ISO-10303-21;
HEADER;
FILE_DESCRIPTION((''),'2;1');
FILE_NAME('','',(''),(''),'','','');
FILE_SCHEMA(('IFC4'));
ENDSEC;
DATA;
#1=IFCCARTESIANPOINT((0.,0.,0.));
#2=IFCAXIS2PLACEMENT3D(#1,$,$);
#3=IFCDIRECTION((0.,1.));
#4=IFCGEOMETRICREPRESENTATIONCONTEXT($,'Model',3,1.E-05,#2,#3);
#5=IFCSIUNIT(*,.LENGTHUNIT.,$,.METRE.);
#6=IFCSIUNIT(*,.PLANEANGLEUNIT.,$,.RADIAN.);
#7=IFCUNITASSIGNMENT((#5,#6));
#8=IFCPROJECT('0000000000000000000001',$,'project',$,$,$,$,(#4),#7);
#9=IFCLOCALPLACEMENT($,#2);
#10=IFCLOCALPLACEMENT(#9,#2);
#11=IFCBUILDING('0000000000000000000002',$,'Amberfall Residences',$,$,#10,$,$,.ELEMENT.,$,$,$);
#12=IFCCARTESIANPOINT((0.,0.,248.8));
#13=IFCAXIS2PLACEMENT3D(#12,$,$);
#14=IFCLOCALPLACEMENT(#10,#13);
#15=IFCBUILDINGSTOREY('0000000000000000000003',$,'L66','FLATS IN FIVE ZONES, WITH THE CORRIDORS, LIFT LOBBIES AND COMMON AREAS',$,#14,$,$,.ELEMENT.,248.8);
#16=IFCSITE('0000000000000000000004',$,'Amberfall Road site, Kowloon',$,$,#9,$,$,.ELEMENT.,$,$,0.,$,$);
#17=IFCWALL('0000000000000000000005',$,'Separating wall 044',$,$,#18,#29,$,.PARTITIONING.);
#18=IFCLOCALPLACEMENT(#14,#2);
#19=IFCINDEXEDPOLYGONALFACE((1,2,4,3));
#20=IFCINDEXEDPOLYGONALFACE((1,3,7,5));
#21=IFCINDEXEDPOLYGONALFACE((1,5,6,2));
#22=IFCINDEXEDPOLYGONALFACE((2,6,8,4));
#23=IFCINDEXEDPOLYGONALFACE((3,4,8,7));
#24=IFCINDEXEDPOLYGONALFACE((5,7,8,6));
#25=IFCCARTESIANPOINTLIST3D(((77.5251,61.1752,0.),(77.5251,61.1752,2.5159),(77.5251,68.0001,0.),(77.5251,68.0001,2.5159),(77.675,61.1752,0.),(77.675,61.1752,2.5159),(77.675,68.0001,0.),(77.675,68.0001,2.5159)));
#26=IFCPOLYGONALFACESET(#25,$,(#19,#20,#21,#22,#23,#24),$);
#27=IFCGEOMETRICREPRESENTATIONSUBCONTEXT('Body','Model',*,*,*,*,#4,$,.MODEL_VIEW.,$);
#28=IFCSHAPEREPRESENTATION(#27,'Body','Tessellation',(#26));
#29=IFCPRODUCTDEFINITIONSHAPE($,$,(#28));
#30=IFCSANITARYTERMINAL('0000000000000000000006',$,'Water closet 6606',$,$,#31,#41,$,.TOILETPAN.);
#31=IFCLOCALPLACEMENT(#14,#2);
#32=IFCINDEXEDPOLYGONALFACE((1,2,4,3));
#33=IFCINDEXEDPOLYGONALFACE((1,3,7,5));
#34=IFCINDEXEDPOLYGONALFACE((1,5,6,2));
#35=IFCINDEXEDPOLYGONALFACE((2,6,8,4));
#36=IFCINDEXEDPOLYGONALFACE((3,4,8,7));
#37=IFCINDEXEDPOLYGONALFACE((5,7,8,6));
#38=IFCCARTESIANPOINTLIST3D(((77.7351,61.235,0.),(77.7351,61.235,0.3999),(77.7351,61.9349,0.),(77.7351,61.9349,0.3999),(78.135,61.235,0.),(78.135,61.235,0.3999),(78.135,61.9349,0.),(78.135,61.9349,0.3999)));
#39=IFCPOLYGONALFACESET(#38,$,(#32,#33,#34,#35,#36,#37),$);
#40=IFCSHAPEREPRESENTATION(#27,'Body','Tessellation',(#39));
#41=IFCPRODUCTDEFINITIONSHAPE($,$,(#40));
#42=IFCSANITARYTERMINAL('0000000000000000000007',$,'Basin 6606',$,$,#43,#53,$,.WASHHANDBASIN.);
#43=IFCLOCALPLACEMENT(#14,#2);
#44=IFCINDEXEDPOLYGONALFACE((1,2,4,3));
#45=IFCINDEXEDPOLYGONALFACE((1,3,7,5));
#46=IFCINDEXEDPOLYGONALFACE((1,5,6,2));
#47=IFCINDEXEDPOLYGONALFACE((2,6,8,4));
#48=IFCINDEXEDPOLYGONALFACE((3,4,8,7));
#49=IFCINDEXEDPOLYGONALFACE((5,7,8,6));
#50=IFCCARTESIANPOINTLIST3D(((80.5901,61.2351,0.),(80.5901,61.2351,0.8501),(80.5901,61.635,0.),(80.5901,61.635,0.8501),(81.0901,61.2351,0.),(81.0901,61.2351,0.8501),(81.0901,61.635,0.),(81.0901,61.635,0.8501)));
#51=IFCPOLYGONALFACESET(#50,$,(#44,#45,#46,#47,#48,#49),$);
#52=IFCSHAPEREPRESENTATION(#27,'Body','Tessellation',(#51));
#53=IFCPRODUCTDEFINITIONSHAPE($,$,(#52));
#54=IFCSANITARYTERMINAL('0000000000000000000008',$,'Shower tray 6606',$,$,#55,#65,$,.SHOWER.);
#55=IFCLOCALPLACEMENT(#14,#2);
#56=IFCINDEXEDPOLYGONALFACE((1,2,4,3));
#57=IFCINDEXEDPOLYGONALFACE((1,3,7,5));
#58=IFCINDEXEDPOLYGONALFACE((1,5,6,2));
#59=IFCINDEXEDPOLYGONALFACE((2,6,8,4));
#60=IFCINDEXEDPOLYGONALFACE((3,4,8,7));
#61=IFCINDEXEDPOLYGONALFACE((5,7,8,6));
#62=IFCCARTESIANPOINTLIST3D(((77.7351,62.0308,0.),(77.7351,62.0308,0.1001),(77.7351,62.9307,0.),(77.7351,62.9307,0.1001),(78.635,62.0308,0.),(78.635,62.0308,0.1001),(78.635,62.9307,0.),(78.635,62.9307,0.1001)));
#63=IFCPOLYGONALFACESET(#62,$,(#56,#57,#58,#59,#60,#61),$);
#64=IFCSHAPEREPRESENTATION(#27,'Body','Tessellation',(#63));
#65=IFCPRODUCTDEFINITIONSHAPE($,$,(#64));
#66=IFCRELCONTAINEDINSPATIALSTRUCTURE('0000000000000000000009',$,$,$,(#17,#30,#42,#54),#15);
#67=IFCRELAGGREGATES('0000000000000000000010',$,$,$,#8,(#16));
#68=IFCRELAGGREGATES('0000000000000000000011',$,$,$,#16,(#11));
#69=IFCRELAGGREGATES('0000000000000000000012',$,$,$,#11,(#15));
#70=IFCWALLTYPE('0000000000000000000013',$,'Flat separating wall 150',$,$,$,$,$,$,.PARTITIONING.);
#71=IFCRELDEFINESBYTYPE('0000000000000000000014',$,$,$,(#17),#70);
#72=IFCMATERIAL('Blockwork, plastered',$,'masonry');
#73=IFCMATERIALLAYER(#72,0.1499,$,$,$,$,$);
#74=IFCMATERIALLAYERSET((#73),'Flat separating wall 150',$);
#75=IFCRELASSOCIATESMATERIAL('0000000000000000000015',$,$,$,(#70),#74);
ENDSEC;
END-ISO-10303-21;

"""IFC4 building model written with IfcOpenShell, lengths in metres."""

from ifc_helpers import new_model, si_unit, direction, frame, frame_2d, origin, origin_2d, place, context, subcontext, project, spatial, rectangle, extrude, material, layer, layer_set, type_object, element, save


model = new_model("IFC4")

# Units and contexts
model_context = context("Model", 3, precision=1e-05, world=origin(), true_north=direction((0.0, 1.0)))
body_context = subcontext(model_context, "Body", "Model", "MODEL_VIEW")
ifc_project = project(units=[si_unit("LENGTHUNIT", "METRE"), si_unit("PLANEANGLEUNIT", "RADIAN")], contexts=[model_context])

# Site, building, storey
site_placement = place(None, origin())
site = spatial("IfcSite", under=ifc_project, at=site_placement, Name="Amberfall Road site, Kowloon", CompositionType="ELEMENT", RefElevation=0.0)
building_placement = place(site_placement, origin())
building = spatial("IfcBuilding", under=site, at=building_placement, Name="Amberfall Residences", CompositionType="ELEMENT")
storey_placement = place(building_placement, frame((0.0, 0.0, 248.8)))
storey = spatial("IfcBuildingStorey", under=building, at=storey_placement, Name="L66", Description="FLATS IN FIVE ZONES, WITH THE CORRIDORS, LIFT LOBBIES AND COMMON AREAS", CompositionType="ELEMENT", Elevation=248.8)

# Wall
ifc_material_1 = material(Name="Blockwork, plastered", Category="masonry")
ifc_layer_1 = layer(ifc_material_1, 0.1499)
ifc_layer_set_1 = layer_set([ifc_layer_1], Name="Flat separating wall 150")
wall_type_1 = type_object("IfcWallType", Name="Flat separating wall 150", PredefinedType="PARTITIONING", material=ifc_layer_set_1)
wall_1_placement = place(storey_placement, frame((77.6001, 61.175, 0.0), z_axis=(0.0, 0.0, 1.0), x_axis=(0.0, 1.0, 0.0)))
element("IfcWall", 1, at=wall_1_placement, inside=storey, type_object=wall_type_1, Name="Separating wall 044", PredefinedType="PARTITIONING", context=body_context, shape_type="SweptSolid", body=[
    extrude(rectangle(XDim=6.825, YDim=0.1499, at=frame_2d((3.4126, 0.0))), origin(), (0.0, 0.0, 1.0), 2.5159),
])

# Sanitary terminals
sanitary_terminal_1_placement = place(storey_placement, frame((77.9351, 61.585, 0.0), z_axis=(0.0, 0.0, 1.0), x_axis=(1.0, 0.0, 0.0)))
element("IfcSanitaryTerminal", 2, at=sanitary_terminal_1_placement, inside=storey, Name="Water closet 6606", PredefinedType="TOILETPAN", context=body_context, shape_type="SweptSolid", body=[
    extrude(rectangle(XDim=0.3999, YDim=0.7, at=origin_2d()), origin(), (0.0, 0.0, 1.0), 0.3999),
])
sanitary_terminal_2_placement = place(storey_placement, frame((80.8401, 61.4351, 0.0), z_axis=(0.0, 0.0, 1.0), x_axis=(1.0, 0.0, 0.0)))
element("IfcSanitaryTerminal", 3, at=sanitary_terminal_2_placement, inside=storey, Name="Basin 6606", PredefinedType="WASHHANDBASIN", context=body_context, shape_type="SweptSolid", body=[
    extrude(rectangle(XDim=0.5, YDim=0.3999, at=origin_2d()), origin(), (0.0, 0.0, 1.0), 0.8501),
])
sanitary_terminal_3_placement = place(storey_placement, frame((78.1851, 62.4807, 0.0), z_axis=(0.0, 0.0, 1.0), x_axis=(1.0, 0.0, 0.0)))
element("IfcSanitaryTerminal", 4, at=sanitary_terminal_3_placement, inside=storey, Name="Shower tray 6606", PredefinedType="SHOWER", context=body_context, shape_type="SweptSolid", body=[
    extrude(rectangle(XDim=0.8999, YDim=0.8999, at=origin_2d()), origin(), (0.0, 0.0, 1.0), 0.1001),
])

save(model, "model.ifc")
